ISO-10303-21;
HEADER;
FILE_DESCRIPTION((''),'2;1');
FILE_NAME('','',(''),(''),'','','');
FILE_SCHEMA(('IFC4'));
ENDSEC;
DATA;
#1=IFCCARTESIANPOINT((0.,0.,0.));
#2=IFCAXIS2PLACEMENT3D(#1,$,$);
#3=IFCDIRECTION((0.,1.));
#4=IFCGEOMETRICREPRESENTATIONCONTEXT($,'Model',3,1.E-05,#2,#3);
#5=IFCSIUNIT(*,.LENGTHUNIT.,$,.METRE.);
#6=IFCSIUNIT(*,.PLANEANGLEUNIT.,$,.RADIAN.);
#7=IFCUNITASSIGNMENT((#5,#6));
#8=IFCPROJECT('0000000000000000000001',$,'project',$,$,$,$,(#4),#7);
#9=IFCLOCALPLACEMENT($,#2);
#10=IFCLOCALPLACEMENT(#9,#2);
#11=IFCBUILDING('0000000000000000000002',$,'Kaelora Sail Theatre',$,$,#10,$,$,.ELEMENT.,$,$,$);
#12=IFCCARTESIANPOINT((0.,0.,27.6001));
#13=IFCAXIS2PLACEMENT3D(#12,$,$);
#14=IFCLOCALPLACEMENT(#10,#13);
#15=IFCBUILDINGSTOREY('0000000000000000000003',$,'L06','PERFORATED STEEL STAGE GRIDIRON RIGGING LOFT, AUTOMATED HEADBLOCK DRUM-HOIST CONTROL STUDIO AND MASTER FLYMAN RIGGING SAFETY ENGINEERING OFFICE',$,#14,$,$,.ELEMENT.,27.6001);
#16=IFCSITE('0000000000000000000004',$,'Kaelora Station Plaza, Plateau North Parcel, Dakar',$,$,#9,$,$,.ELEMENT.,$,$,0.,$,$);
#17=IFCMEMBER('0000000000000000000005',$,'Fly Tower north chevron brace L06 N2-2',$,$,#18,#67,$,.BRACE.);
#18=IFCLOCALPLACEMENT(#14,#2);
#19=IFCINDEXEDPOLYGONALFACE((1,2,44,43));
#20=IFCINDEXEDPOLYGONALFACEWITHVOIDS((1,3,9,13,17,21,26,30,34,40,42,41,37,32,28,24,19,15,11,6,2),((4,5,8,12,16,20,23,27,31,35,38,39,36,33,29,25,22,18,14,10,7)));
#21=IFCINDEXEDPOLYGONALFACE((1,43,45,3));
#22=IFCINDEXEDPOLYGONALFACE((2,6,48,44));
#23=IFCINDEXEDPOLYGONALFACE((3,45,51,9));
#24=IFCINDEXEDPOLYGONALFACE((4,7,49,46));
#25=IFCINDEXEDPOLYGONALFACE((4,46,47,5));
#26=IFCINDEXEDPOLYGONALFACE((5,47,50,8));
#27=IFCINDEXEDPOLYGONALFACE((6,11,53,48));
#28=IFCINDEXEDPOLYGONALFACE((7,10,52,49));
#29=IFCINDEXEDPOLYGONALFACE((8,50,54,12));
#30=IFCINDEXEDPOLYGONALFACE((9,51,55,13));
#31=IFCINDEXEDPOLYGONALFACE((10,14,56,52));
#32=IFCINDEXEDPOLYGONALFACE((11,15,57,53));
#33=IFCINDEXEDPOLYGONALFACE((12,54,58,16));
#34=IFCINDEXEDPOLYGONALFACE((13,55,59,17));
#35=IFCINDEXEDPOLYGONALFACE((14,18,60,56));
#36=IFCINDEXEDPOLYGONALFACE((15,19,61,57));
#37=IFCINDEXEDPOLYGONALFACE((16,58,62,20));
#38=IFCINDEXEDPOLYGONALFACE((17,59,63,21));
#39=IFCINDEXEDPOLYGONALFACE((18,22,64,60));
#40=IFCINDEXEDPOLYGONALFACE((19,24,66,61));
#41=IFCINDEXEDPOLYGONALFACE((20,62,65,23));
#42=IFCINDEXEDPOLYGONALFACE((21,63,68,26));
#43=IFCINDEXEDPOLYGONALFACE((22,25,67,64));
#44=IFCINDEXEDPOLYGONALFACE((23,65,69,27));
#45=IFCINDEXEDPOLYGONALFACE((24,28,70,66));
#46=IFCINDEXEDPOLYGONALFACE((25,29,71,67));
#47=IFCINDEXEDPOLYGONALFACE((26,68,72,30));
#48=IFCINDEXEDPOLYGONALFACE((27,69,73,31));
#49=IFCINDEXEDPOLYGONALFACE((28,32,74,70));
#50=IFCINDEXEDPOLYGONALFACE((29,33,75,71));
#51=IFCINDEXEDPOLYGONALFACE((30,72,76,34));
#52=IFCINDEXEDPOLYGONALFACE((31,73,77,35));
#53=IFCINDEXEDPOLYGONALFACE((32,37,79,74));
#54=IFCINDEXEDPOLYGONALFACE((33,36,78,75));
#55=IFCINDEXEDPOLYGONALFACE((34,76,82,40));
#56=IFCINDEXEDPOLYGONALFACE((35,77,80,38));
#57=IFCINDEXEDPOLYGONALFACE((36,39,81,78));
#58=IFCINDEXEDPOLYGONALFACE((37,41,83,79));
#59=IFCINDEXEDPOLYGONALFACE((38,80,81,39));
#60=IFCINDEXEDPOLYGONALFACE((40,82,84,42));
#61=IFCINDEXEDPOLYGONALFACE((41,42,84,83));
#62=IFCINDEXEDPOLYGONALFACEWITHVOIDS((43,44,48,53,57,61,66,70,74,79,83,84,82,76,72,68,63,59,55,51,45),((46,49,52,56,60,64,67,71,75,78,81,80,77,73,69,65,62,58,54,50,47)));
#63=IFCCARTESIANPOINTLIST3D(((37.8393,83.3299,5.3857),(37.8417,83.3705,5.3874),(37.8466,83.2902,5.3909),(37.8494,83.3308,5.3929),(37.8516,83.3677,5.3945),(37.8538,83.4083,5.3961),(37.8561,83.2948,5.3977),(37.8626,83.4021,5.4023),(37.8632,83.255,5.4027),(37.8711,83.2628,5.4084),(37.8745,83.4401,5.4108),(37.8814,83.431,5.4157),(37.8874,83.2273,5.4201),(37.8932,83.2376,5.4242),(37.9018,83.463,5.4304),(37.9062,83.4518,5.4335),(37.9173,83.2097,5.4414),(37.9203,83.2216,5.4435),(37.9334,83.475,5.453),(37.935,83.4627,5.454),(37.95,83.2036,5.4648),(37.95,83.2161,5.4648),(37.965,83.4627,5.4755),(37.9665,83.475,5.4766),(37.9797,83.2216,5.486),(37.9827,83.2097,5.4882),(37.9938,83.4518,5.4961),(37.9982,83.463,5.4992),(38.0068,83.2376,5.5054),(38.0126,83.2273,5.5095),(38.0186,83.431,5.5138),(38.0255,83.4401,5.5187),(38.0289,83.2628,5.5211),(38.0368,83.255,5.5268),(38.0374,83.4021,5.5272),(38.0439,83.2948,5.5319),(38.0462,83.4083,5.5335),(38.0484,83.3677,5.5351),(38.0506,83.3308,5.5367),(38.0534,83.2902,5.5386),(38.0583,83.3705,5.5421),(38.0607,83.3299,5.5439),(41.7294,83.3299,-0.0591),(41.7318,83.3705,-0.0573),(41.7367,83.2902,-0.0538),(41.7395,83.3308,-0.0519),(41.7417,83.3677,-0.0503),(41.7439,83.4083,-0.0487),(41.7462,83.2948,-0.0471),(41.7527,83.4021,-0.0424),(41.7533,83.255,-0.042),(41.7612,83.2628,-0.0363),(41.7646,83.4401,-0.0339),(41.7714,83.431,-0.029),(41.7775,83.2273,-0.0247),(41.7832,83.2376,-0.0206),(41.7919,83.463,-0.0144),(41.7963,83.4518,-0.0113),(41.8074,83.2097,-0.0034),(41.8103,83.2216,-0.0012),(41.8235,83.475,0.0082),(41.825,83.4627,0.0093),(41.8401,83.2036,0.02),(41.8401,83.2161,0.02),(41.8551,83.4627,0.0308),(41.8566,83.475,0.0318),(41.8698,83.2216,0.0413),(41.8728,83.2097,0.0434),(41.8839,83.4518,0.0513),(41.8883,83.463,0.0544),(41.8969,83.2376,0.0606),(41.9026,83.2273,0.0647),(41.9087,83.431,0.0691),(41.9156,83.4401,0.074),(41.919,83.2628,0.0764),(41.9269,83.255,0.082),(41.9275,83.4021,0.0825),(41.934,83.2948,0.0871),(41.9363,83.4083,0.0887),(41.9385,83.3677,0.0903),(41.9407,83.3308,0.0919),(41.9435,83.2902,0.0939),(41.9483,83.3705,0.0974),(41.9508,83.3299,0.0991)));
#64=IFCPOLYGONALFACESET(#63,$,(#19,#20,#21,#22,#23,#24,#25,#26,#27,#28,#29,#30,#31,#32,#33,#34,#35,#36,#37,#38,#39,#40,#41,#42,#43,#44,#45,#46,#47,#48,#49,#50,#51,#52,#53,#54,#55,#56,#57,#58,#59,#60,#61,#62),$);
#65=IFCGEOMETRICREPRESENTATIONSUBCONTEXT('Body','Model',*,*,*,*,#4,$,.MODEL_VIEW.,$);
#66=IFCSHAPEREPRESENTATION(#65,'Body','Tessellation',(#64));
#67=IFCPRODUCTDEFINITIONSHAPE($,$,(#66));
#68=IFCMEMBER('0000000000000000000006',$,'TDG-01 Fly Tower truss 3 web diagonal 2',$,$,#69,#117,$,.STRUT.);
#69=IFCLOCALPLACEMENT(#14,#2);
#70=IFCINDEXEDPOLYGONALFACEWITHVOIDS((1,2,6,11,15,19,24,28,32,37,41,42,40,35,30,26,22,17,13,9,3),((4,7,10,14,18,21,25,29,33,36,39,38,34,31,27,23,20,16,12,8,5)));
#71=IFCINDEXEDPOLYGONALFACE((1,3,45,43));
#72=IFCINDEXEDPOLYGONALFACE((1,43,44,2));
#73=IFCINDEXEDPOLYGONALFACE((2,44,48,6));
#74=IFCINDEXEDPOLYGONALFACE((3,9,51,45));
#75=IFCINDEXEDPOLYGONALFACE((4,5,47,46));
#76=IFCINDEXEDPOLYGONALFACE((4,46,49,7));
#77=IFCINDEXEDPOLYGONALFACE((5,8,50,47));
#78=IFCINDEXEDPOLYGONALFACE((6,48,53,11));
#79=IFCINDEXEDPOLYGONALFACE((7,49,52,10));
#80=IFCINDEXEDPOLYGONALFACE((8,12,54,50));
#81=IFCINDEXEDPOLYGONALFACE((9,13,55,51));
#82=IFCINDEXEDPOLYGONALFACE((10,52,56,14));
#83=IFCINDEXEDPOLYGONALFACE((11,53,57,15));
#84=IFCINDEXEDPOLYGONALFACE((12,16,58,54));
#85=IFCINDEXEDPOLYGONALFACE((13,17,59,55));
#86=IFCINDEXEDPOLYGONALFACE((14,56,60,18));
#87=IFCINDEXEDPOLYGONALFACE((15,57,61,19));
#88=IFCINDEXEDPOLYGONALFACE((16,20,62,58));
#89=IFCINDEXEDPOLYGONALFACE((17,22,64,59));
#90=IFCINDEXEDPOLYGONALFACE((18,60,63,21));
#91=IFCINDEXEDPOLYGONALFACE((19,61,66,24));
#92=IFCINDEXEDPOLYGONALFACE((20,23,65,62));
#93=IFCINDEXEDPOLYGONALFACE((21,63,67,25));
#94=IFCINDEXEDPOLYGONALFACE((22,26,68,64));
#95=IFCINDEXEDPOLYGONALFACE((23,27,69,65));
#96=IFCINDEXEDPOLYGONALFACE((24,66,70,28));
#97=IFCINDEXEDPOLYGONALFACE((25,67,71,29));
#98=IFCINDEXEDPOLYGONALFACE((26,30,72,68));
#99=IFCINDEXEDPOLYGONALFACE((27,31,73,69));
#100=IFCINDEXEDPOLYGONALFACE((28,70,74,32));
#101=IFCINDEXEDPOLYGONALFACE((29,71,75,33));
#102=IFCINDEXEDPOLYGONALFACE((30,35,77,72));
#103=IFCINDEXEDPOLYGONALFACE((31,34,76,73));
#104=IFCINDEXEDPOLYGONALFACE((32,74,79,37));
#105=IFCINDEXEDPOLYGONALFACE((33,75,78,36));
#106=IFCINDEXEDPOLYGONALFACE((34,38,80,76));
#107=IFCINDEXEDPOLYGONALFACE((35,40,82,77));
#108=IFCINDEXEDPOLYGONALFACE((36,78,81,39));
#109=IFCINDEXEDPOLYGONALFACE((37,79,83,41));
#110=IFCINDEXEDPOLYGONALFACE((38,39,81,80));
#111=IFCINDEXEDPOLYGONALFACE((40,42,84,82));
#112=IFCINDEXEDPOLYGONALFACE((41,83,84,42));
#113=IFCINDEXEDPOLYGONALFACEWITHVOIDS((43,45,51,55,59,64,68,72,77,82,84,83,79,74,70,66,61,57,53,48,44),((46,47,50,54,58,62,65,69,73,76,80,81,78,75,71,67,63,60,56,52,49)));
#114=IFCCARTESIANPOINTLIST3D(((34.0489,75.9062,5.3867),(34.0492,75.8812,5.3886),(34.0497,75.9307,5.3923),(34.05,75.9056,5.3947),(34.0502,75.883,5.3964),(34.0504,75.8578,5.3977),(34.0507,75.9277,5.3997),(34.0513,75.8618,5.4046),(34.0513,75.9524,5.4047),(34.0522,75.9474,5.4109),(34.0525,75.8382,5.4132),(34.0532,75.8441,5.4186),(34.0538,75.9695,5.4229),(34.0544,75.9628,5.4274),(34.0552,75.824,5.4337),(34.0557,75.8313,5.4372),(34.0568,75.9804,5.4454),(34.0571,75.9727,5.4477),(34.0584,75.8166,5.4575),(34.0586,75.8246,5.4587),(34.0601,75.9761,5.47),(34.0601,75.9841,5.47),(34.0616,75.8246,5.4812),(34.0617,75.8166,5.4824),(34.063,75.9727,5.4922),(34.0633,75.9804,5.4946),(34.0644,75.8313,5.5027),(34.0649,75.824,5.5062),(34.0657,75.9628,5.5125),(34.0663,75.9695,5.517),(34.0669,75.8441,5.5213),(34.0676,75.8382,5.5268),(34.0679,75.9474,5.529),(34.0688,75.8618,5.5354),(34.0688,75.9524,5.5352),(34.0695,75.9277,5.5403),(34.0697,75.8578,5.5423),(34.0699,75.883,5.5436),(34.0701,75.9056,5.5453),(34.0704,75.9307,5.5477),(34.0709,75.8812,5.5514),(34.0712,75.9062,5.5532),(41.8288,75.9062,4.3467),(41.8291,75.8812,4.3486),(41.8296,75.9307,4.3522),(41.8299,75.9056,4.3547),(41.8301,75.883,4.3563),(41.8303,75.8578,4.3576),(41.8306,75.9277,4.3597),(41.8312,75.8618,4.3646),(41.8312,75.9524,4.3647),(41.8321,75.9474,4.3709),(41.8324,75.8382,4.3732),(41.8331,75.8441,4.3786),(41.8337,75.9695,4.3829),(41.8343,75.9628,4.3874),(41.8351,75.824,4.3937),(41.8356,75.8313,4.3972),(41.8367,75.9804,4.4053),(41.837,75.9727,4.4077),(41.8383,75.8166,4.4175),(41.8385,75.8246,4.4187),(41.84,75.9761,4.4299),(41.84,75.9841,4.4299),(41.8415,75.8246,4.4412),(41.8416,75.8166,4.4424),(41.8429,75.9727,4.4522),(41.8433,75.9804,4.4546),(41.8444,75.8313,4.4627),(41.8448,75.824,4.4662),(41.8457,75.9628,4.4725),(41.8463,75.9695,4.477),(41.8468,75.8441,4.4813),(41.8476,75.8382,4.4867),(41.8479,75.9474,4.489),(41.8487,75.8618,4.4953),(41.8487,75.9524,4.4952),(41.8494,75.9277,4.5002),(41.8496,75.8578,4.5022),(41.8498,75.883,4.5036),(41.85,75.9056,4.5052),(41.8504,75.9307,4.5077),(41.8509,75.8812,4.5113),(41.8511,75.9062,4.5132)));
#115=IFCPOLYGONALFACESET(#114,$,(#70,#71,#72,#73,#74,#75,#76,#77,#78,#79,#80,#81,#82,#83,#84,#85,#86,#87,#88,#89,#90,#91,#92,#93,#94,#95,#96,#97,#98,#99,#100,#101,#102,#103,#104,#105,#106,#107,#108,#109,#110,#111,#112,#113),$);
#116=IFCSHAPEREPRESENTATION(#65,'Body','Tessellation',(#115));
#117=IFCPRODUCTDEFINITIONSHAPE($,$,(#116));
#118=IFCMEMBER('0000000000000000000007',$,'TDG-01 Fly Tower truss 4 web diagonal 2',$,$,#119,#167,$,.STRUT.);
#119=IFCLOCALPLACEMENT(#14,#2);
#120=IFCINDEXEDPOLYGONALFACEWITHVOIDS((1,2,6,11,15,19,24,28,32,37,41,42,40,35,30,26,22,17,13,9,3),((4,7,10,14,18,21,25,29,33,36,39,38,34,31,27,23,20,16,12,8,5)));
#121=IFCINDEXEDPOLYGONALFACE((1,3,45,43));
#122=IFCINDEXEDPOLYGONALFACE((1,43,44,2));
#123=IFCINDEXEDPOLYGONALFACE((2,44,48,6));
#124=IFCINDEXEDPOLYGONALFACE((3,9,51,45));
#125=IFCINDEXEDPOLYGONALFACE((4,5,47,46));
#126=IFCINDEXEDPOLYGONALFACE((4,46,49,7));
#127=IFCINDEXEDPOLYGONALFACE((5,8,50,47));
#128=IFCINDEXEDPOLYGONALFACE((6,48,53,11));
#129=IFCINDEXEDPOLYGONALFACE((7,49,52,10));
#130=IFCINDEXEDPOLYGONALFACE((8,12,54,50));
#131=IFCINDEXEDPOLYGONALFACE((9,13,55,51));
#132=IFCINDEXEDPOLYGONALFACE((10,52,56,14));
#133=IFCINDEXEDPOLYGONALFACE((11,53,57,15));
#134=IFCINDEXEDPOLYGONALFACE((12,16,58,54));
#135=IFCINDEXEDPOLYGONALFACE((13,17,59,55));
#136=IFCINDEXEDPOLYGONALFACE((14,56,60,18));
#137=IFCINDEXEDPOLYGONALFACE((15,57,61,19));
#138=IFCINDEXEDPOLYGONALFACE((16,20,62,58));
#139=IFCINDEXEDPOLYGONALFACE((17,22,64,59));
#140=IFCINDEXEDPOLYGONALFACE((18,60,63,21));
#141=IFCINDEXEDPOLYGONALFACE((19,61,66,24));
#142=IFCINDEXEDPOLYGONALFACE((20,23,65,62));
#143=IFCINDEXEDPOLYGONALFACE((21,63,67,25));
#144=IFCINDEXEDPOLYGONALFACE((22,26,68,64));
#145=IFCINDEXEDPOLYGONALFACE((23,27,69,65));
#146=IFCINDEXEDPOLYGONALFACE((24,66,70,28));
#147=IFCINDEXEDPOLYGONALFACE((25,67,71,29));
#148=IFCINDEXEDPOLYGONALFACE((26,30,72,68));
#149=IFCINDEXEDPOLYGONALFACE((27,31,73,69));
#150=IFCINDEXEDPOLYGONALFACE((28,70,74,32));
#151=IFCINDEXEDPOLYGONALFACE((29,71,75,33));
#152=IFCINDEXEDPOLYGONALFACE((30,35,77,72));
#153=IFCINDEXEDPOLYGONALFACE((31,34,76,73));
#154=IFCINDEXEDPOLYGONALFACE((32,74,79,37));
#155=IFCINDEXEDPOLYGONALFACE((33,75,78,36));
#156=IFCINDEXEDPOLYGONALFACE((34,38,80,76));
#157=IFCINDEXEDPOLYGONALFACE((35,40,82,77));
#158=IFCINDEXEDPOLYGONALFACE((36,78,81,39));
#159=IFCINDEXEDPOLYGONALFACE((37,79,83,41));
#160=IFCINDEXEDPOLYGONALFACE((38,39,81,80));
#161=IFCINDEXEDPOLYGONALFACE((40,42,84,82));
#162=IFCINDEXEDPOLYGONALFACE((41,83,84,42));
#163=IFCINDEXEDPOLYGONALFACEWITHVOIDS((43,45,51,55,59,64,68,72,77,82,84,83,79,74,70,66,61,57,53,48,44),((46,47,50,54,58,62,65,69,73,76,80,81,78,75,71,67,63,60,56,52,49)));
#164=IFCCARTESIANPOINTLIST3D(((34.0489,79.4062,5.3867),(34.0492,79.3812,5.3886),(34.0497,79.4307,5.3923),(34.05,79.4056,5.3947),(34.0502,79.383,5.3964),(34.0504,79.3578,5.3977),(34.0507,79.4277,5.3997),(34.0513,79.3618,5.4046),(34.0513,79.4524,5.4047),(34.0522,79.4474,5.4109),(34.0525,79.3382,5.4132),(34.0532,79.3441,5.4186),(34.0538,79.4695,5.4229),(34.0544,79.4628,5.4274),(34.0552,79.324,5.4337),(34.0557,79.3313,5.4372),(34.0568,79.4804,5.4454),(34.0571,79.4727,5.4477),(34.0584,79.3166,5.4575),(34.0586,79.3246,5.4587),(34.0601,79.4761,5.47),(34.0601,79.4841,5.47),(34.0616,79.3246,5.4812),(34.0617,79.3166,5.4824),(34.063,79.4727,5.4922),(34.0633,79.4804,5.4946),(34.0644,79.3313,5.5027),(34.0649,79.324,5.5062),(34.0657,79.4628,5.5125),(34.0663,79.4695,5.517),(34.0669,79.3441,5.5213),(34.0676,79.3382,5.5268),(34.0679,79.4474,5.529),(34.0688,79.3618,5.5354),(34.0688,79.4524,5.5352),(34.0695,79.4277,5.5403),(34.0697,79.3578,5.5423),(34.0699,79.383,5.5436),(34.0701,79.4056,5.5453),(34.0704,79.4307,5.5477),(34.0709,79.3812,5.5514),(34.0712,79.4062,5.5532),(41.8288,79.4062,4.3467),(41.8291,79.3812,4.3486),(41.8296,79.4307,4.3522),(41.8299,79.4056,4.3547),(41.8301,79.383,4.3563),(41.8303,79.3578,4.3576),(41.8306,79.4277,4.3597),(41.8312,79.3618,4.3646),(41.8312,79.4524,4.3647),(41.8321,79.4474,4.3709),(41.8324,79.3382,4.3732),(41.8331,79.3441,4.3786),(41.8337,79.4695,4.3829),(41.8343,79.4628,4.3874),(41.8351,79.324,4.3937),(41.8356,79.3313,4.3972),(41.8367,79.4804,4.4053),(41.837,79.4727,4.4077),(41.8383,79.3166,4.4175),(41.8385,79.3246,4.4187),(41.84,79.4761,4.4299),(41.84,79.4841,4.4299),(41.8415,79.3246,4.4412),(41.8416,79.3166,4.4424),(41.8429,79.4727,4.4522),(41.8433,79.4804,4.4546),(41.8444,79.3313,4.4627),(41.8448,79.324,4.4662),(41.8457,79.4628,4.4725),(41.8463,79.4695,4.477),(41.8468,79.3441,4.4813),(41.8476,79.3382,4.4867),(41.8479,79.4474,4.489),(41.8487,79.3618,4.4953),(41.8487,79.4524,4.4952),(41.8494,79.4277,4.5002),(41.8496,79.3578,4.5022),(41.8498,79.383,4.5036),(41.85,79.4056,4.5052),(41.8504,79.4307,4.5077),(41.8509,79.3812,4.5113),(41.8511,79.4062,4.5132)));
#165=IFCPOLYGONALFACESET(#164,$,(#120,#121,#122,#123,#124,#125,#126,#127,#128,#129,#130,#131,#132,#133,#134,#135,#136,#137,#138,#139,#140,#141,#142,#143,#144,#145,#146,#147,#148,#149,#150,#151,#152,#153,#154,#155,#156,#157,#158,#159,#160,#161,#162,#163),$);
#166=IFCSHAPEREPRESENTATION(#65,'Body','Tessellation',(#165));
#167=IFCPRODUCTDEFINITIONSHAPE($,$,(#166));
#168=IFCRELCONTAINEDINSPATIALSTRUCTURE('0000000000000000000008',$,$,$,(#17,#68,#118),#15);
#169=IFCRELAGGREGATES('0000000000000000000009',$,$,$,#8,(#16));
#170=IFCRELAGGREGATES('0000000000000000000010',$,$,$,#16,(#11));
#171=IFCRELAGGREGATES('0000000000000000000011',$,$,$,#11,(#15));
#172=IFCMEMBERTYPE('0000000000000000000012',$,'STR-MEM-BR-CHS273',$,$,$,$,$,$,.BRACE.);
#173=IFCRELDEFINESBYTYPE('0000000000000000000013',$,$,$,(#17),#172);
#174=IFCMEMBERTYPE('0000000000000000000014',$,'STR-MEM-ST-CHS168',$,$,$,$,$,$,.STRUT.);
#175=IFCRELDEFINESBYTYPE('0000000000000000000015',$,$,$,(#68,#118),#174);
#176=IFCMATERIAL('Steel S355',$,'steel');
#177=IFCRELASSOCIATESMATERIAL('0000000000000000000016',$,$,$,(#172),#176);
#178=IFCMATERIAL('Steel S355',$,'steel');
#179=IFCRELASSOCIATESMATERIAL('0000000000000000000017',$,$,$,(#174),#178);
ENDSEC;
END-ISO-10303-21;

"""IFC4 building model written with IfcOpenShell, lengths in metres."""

from ifc_helpers import new_model, si_unit, direction, frame, origin, origin_2d, place, context, subcontext, project, spatial, hollow_circle, extrude, material, material_profile, profile_set, type_object, element, save


model = new_model("IFC4")

# Units and contexts
model_context = context("Model", 3, precision=1e-05, world=origin(), true_north=direction((0.0, 1.0)))
body_context = subcontext(model_context, "Body", "Model", "MODEL_VIEW")
ifc_project = project(units=[si_unit("LENGTHUNIT", "METRE"), si_unit("PLANEANGLEUNIT", "RADIAN")], contexts=[model_context])

# Site, building, storey
site_placement = place(None, origin())
site = spatial("IfcSite", under=ifc_project, at=site_placement, Name="Kaelora Station Plaza, Plateau North Parcel, Dakar", CompositionType="ELEMENT", RefElevation=0.0)
building_placement = place(site_placement, origin())
building = spatial("IfcBuilding", under=site, at=building_placement, Name="Kaelora Sail Theatre", CompositionType="ELEMENT")
storey_placement = place(building_placement, frame((0.0, 0.0, 27.6001)))
storey = spatial("IfcBuildingStorey", under=building, at=storey_placement, Name="L06", Description="PERFORATED STEEL STAGE GRIDIRON RIGGING LOFT, AUTOMATED HEADBLOCK DRUM-HOIST CONTROL STUDIO AND MASTER FLYMAN RIGGING SAFETY ENGINEERING OFFICE", CompositionType="ELEMENT", Elevation=27.6001)

# Members
ifc_material_1 = material(Name="Steel S355", Category="steel")
ifc_material_profile_1 = material_profile(ifc_material_1, hollow_circle(Radius=0.1365, WallThickness=0.0125, at=origin_2d()), Name="CHS 273.0x12.5")
ifc_profile_set_1 = profile_set([ifc_material_profile_1], Name="Steel S355")
member_type_1 = type_object("IfcMemberType", Name="STR-MEM-BR-CHS273", PredefinedType="BRACE", material=ifc_profile_set_1)
for number, where, z_axis, x_axis, name in (
    (1, (41.8401, 83.3401, 0.02), (-0.581335, 0.0, 0.813664), (0.0, -1.0, 0.0), "Fly Tower north chevron brace L06 N2-2"),
):
    element("IfcMember", number, at=place(storey_placement, frame(where, z_axis=z_axis, x_axis=x_axis)), inside=storey, type_object=member_type_1, Name=name, PredefinedType="BRACE", context=body_context, shape_type="SweptSolid", body=[
        extrude(hollow_circle(Radius=0.1365, WallThickness=0.0125, at=origin_2d()), origin(), (0.0, 0.0, 1.0), 6.6917),
    ])
ifc_material_2 = material(Name="Steel S355", Category="steel")
ifc_material_profile_2 = material_profile(ifc_material_2, hollow_circle(Radius=0.0842, WallThickness=0.0081, at=origin_2d()), Name="CHS 168.3x8.0")
ifc_profile_set_2 = profile_set([ifc_material_profile_2], Name="Steel S355")
member_type_2 = type_object("IfcMemberType", Name="STR-MEM-ST-CHS168", PredefinedType="STRUT", material=ifc_profile_set_2)
for number, where, z_axis, x_axis, name in (
    (2, (34.0601, 75.8999, 5.47), (0.991183, 0.0, -0.132502), (0.0, 1.0, 0.0), "TDG-01 Fly Tower truss 3 web diagonal 2"),
    (3, (34.0601, 79.3999, 5.47), (0.991183, 0.0, -0.132502), (0.0, 1.0, 0.0), "TDG-01 Fly Tower truss 4 web diagonal 2"),
):
    element("IfcMember", number, at=place(storey_placement, frame(where, z_axis=z_axis, x_axis=x_axis)), inside=storey, type_object=member_type_2, Name=name, PredefinedType="STRUT", context=body_context, shape_type="SweptSolid", body=[
        extrude(hollow_circle(Radius=0.0842, WallThickness=0.0081, at=origin_2d()), origin(), (0.0, 0.0, 1.0), 7.8491),
    ])

save(model, "model.ifc")
